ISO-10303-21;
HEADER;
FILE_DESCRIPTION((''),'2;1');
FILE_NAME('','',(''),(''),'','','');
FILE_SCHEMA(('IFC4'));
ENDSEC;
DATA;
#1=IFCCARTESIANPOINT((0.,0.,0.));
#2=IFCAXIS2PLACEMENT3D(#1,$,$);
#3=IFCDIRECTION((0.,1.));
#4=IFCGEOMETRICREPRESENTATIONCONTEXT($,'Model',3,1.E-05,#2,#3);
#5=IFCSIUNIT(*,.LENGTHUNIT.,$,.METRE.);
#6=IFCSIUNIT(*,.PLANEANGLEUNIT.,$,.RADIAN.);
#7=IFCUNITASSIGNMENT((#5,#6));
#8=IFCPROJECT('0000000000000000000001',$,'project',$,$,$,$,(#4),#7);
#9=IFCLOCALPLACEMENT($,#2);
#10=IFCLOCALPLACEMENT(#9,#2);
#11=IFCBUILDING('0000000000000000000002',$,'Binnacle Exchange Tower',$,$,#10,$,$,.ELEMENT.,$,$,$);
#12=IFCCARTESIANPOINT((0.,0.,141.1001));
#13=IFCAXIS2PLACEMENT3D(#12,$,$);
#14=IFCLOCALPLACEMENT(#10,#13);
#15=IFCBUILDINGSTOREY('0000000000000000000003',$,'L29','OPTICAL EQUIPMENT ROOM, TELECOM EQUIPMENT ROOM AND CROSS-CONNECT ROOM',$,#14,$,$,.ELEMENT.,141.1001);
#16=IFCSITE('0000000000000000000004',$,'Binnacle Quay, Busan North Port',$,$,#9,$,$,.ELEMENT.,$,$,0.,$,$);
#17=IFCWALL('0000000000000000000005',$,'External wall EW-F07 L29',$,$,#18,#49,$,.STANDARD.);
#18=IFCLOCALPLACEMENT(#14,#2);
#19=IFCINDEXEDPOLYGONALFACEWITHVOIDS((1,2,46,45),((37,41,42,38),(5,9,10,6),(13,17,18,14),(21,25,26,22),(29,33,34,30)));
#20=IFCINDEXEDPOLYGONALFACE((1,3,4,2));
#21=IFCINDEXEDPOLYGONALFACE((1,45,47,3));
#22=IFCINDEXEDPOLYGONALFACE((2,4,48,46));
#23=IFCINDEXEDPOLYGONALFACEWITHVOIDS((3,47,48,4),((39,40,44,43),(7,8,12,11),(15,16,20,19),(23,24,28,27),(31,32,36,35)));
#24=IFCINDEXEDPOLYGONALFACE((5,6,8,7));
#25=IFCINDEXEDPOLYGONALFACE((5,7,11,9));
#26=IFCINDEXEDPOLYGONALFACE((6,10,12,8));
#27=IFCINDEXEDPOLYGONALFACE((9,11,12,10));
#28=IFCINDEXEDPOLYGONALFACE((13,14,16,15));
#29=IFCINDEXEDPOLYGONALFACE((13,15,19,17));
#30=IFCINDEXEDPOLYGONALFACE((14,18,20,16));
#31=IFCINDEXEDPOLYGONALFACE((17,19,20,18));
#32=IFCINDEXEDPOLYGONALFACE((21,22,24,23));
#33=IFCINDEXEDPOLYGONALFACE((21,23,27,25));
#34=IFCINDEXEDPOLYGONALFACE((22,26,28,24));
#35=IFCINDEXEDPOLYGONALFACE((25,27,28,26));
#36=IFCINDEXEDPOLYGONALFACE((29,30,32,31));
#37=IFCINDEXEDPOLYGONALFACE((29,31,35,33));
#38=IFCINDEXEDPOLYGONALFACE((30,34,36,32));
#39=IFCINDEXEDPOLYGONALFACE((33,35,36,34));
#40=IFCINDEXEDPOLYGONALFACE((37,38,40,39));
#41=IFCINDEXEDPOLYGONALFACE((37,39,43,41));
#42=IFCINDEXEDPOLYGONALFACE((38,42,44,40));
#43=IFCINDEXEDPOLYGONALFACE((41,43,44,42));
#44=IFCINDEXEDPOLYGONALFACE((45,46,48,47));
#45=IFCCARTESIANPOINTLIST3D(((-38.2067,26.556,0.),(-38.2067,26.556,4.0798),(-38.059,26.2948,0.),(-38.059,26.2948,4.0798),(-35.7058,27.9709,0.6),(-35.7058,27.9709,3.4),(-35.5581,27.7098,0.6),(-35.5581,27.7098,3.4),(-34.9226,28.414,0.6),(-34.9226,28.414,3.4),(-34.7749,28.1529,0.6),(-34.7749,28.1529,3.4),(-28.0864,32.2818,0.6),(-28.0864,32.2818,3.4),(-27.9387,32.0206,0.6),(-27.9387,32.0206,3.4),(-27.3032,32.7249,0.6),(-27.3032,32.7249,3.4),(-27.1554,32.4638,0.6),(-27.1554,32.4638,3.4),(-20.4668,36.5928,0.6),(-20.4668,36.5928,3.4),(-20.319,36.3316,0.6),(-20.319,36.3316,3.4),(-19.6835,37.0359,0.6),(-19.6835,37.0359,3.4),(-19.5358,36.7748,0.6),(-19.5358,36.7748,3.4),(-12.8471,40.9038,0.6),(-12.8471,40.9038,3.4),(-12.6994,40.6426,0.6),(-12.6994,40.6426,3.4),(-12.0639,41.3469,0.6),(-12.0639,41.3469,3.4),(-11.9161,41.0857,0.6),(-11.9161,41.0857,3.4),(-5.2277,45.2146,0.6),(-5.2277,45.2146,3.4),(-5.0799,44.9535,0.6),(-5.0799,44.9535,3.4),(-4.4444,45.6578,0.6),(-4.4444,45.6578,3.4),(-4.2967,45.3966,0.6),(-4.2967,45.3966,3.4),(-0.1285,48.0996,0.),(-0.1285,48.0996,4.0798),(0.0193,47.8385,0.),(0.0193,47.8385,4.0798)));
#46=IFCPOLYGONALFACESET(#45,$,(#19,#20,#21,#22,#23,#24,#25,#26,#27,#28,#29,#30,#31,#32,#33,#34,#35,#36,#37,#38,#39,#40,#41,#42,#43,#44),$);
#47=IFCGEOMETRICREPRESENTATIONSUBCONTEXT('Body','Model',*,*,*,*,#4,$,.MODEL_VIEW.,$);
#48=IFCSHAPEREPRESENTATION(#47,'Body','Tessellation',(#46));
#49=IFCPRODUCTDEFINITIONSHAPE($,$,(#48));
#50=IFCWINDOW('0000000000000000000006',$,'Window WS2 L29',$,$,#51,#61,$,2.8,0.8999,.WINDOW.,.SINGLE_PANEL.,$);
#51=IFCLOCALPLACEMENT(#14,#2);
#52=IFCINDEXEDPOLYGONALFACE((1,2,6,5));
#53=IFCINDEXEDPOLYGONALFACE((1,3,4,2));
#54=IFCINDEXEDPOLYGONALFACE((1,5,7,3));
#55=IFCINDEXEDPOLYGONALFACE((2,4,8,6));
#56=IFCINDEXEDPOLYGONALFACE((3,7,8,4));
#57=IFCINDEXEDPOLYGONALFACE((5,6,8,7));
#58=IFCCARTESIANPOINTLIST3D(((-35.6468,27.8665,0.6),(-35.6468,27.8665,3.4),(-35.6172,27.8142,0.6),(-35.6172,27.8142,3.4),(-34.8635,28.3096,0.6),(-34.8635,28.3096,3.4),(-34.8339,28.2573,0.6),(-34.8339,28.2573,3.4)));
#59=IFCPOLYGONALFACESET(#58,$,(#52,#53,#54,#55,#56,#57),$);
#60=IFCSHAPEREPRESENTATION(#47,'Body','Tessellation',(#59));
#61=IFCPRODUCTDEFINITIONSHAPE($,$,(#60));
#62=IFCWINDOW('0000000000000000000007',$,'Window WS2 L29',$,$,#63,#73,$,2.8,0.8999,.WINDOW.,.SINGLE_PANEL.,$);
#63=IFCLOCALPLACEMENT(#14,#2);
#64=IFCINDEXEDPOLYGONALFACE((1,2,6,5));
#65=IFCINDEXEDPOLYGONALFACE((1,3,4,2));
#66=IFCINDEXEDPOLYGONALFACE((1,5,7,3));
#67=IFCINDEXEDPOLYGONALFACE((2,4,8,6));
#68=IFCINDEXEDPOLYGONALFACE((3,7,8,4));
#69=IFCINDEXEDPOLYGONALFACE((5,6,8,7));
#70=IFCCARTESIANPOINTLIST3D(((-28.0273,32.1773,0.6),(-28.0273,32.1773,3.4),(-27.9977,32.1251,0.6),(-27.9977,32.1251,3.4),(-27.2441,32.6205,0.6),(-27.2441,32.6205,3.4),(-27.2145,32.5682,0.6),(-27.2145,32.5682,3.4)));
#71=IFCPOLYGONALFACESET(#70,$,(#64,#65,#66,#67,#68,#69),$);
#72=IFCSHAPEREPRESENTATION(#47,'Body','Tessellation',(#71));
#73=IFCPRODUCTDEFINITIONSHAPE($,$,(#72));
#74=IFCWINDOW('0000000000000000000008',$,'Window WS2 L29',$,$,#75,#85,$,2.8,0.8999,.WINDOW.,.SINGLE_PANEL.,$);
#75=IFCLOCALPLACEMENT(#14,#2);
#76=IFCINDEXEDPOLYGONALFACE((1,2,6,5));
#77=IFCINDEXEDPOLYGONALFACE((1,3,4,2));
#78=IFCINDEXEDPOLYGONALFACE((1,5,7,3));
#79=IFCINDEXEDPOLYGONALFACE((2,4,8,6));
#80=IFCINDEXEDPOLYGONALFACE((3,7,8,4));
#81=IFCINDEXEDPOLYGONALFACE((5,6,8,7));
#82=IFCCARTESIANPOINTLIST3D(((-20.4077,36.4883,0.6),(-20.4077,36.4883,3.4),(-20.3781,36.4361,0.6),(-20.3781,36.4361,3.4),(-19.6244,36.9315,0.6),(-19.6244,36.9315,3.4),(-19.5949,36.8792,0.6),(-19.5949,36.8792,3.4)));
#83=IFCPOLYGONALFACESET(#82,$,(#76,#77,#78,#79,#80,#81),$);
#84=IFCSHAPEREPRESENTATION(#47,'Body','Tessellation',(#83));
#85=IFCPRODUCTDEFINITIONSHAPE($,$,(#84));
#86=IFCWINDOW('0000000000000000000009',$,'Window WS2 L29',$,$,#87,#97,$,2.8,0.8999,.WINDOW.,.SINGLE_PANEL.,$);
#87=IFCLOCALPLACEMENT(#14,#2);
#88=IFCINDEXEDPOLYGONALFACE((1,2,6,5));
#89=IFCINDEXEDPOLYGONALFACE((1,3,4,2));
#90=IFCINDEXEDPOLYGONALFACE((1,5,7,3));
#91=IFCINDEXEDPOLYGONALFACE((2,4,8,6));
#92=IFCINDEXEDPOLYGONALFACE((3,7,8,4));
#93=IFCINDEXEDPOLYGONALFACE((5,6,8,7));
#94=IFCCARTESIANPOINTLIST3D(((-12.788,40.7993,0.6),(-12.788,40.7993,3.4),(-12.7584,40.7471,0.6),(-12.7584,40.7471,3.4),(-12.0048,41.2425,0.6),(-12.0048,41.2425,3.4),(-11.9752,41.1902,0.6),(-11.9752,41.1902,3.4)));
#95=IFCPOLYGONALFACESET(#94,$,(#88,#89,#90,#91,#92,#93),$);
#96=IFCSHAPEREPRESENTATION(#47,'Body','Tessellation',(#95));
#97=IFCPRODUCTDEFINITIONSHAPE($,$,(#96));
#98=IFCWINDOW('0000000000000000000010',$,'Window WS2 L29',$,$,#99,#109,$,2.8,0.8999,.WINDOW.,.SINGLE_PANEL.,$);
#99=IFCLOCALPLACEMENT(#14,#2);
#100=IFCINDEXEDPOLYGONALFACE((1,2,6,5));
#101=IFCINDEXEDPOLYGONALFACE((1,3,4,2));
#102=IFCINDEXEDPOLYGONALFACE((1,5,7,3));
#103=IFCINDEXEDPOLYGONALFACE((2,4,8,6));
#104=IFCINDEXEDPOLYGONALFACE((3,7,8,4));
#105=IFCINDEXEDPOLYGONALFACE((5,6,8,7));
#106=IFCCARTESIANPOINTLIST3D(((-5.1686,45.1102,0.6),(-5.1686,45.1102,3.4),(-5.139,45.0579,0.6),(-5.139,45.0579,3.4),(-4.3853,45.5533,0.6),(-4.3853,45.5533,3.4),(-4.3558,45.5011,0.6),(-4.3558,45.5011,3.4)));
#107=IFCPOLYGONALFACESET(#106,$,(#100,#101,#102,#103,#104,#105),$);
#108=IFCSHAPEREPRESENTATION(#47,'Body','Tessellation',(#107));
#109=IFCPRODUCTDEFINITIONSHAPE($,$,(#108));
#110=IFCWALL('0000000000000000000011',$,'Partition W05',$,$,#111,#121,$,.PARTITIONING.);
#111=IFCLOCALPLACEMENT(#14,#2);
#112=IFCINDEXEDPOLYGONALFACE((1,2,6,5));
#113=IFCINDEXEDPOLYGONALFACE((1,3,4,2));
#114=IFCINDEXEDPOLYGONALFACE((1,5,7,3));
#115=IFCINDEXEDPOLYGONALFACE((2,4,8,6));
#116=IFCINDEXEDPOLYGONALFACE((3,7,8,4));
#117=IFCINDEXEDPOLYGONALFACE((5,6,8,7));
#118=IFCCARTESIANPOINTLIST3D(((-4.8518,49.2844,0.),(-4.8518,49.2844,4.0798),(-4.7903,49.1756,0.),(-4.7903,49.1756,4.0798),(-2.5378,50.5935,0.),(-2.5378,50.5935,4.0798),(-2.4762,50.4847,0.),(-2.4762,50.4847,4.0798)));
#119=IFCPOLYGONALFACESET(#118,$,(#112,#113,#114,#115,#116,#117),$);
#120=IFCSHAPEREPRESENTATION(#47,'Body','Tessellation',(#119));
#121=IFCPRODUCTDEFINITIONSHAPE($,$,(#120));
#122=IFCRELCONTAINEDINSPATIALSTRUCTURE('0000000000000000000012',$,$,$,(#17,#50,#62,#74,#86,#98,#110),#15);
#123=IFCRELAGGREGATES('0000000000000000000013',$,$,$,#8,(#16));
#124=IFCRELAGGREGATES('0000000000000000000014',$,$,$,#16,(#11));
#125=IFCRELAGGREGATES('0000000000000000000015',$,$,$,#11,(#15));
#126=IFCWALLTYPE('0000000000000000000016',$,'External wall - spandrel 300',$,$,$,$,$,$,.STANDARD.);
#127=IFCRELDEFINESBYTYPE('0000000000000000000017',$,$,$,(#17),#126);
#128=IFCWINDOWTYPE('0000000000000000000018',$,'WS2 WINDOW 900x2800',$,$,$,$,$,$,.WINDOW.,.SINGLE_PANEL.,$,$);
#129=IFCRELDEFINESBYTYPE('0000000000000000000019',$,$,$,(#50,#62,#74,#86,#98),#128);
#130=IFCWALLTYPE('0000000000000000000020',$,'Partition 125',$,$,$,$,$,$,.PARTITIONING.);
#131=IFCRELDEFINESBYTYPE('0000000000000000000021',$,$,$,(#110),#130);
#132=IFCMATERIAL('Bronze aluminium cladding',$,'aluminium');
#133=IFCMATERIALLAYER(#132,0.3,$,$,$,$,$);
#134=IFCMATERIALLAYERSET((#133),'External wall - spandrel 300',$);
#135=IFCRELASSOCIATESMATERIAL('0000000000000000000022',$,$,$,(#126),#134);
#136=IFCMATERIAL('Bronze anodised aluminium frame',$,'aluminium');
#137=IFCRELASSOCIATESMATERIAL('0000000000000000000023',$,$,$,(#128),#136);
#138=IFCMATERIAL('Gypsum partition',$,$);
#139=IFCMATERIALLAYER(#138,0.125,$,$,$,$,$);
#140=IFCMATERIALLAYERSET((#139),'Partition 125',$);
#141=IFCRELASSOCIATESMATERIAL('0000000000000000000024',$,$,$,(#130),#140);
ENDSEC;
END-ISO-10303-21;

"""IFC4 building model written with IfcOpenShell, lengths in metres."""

from ifc_helpers import new_model, si_unit, direction, frame, frame_2d, origin, place, context, subcontext, project, spatial, rectangle, extrude, material, layer, layer_set, type_object, element, fill, save


model = new_model("IFC4")

# Units and contexts
model_context = context("Model", 3, precision=1e-05, world=origin(), true_north=direction((0.0, 1.0)))
body_context = subcontext(model_context, "Body", "Model", "MODEL_VIEW")
ifc_project = project(units=[si_unit("LENGTHUNIT", "METRE"), si_unit("PLANEANGLEUNIT", "RADIAN")], contexts=[model_context])

# Site, building, storey
site_placement = place(None, origin())
site = spatial("IfcSite", under=ifc_project, at=site_placement, Name="Binnacle Quay, Busan North Port", CompositionType="ELEMENT", RefElevation=0.0)
building_placement = place(site_placement, origin())
building = spatial("IfcBuilding", under=site, at=building_placement, Name="Binnacle Exchange Tower", CompositionType="ELEMENT")
storey_placement = place(building_placement, frame((0.0, 0.0, 141.1001)))
storey = spatial("IfcBuildingStorey", under=building, at=storey_placement, Name="L29", Description="OPTICAL EQUIPMENT ROOM, TELECOM EQUIPMENT ROOM AND CROSS-CONNECT ROOM", CompositionType="ELEMENT", Elevation=141.1001)

# Wall, openings, windows
ifc_material_1 = material(Name="Bronze aluminium cladding", Category="aluminium")
ifc_layer_1 = layer(ifc_material_1, 0.3)
ifc_layer_set_1 = layer_set([ifc_layer_1], Name="External wall - spandrel 300")
wall_type_1 = type_object("IfcWallType", Name="External wall - spandrel 300", PredefinedType="STANDARD", material=ifc_layer_set_1)
wall_1_placement = place(storey_placement, frame((-0.0547, 47.969, 0.0), z_axis=(0.0, 0.0, 1.0), x_axis=(-0.870356, -0.492423, 0.0)))
wall_1 = element("IfcWall", 1, at=wall_1_placement, inside=storey, type_object=wall_type_1, Name="External wall EW-F07 L29", PredefinedType="STANDARD", context=body_context, shape_type="SweptSolid", body=[
    extrude(rectangle(XDim=43.7502, YDim=0.3, at=frame_2d((21.875, 0.0))), origin(), (0.0, 0.0, 1.0), 4.0798),
])
opening_1_placement = place(wall_1_placement, frame((39.9768, 0.0, 0.6001)))
opening_1 = element("IfcOpeningElement", 2, at=opening_1_placement, cuts=wall_1, PredefinedType="OPENING", context=body_context, shape_type="SweptSolid", body=[
    extrude(rectangle(XDim=0.8999, YDim=2.8, at=frame_2d((0.45, 1.3999))), frame((0.0, 0.1599, 0.0), z_axis=(0.0, -1.0, 0.0), x_axis=(1.0, 0.0, 0.0)), (0.0, 0.0, 1.0), 0.3201),
])
opening_2_placement = place(wall_1_placement, frame((31.2224, 0.0, 0.6001)))
opening_2 = element("IfcOpeningElement", 3, at=opening_2_placement, cuts=wall_1, PredefinedType="OPENING", context=body_context, shape_type="SweptSolid", body=[
    extrude(rectangle(XDim=0.8999, YDim=2.8, at=frame_2d((0.45, 1.3999))), frame((0.0, 0.1599, 0.0), z_axis=(0.0, -1.0, 0.0), x_axis=(1.0, 0.0, 0.0)), (0.0, 0.0, 1.0), 0.3201),
])
opening_3_placement = place(wall_1_placement, frame((22.4678, 0.0, 0.6001)))
opening_3 = element("IfcOpeningElement", 4, at=opening_3_placement, cuts=wall_1, PredefinedType="OPENING", context=body_context, shape_type="SweptSolid", body=[
    extrude(rectangle(XDim=0.8999, YDim=2.8, at=frame_2d((0.45, 1.3999))), frame((0.0, 0.1599, 0.0), z_axis=(0.0, -1.0, 0.0), x_axis=(1.0, 0.0, 0.0)), (0.0, 0.0, 1.0), 0.3201),
])
opening_4_placement = place(wall_1_placement, frame((13.7131, 0.0, 0.6001)))
opening_4 = element("IfcOpeningElement", 5, at=opening_4_placement, cuts=wall_1, PredefinedType="OPENING", context=body_context, shape_type="SweptSolid", body=[
    extrude(rectangle(XDim=0.8999, YDim=2.8, at=frame_2d((0.45, 1.3999))), frame((0.0, 0.1599, 0.0), z_axis=(0.0, -1.0, 0.0), x_axis=(1.0, 0.0, 0.0)), (0.0, 0.0, 1.0), 0.3201),
])
opening_5_placement = place(wall_1_placement, frame((4.9587, 0.0, 0.6001)))
opening_5 = element("IfcOpeningElement", 6, at=opening_5_placement, cuts=wall_1, PredefinedType="OPENING", context=body_context, shape_type="SweptSolid", body=[
    extrude(rectangle(XDim=0.8999, YDim=2.8, at=frame_2d((0.45, 1.3999))), frame((0.0, 0.1599, 0.0), z_axis=(0.0, -1.0, 0.0), x_axis=(1.0, 0.0, 0.0)), (0.0, 0.0, 1.0), 0.3201),
])
ifc_material_2 = material(Name="Bronze anodised aluminium frame", Category="aluminium")
window_type = type_object("IfcWindowType", Name="WS2 WINDOW 900x2800", PartitioningType="SINGLE_PANEL", PredefinedType="WINDOW", material=ifc_material_2)
window_1_placement = place(opening_1_placement, origin())
window_1 = element("IfcWindow", 7, at=window_1_placement, inside=storey, type_object=window_type, Name="Window WS2 L29", OverallHeight=2.8, OverallWidth=0.8999, PartitioningType="SINGLE_PANEL", PredefinedType="WINDOW", context=body_context, shape_type="SweptSolid", body=[
    extrude(rectangle(XDim=0.8999, YDim=2.8, at=frame_2d((0.45, 1.3999))), frame((0.0, 0.03, 0.0), z_axis=(0.0, -1.0, 0.0), x_axis=(1.0, 0.0, 0.0)), (0.0, 0.0, 1.0), 0.0601),
])
fill(opening_1, window_1)
window_2_placement = place(opening_2_placement, origin())
window_2 = element("IfcWindow", 8, at=window_2_placement, inside=storey, type_object=window_type, Name="Window WS2 L29", OverallHeight=2.8, OverallWidth=0.8999, PartitioningType="SINGLE_PANEL", PredefinedType="WINDOW", context=body_context, shape_type="SweptSolid", body=[
    extrude(rectangle(XDim=0.8999, YDim=2.8, at=frame_2d((0.45, 1.3999))), frame((0.0, 0.03, 0.0), z_axis=(0.0, -1.0, 0.0), x_axis=(1.0, 0.0, 0.0)), (0.0, 0.0, 1.0), 0.0601),
])
fill(opening_2, window_2)
window_3_placement = place(opening_3_placement, origin())
window_3 = element("IfcWindow", 9, at=window_3_placement, inside=storey, type_object=window_type, Name="Window WS2 L29", OverallHeight=2.8, OverallWidth=0.8999, PartitioningType="SINGLE_PANEL", PredefinedType="WINDOW", context=body_context, shape_type="SweptSolid", body=[
    extrude(rectangle(XDim=0.8999, YDim=2.8, at=frame_2d((0.45, 1.3999))), frame((0.0, 0.03, 0.0), z_axis=(0.0, -1.0, 0.0), x_axis=(1.0, 0.0, 0.0)), (0.0, 0.0, 1.0), 0.0601),
])
fill(opening_3, window_3)
window_4_placement = place(opening_4_placement, origin())
window_4 = element("IfcWindow", 10, at=window_4_placement, inside=storey, type_object=window_type, Name="Window WS2 L29", OverallHeight=2.8, OverallWidth=0.8999, PartitioningType="SINGLE_PANEL", PredefinedType="WINDOW", context=body_context, shape_type="SweptSolid", body=[
    extrude(rectangle(XDim=0.8999, YDim=2.8, at=frame_2d((0.45, 1.3999))), frame((0.0, 0.03, 0.0), z_axis=(0.0, -1.0, 0.0), x_axis=(1.0, 0.0, 0.0)), (0.0, 0.0, 1.0), 0.0601),
])
fill(opening_4, window_4)
window_5_placement = place(opening_5_placement, origin())
window_5 = element("IfcWindow", 11, at=window_5_placement, inside=storey, type_object=window_type, Name="Window WS2 L29", OverallHeight=2.8, OverallWidth=0.8999, PartitioningType="SINGLE_PANEL", PredefinedType="WINDOW", context=body_context, shape_type="SweptSolid", body=[
    extrude(rectangle(XDim=0.8999, YDim=2.8, at=frame_2d((0.45, 1.3999))), frame((0.0, 0.03, 0.0), z_axis=(0.0, -1.0, 0.0), x_axis=(1.0, 0.0, 0.0)), (0.0, 0.0, 1.0), 0.0601),
])
fill(opening_5, window_5)

# Wall
ifc_material_3 = material(Name="Gypsum partition")
ifc_layer_2 = layer(ifc_material_3, 0.125)
ifc_layer_set_2 = layer_set([ifc_layer_2], Name="Partition 125")
wall_type_2 = type_object("IfcWallType", Name="Partition 125", PredefinedType="PARTITIONING", material=ifc_layer_set_2)
wall_2_placement = place(storey_placement, frame((-4.821, 49.23, 0.0), z_axis=(0.0, 0.0, 1.0), x_axis=(0.870371, 0.492396, 0.0)))
element("IfcWall", 12, at=wall_2_placement, inside=storey, type_object=wall_type_2, Name="Partition W05", PredefinedType="PARTITIONING", context=body_context, shape_type="SweptSolid", body=[
    extrude(rectangle(XDim=2.6587, YDim=0.125, at=frame_2d((1.3293, 0.0))), origin(), (0.0, 0.0, 1.0), 4.0798),
])

save(model, "model.ifc")
